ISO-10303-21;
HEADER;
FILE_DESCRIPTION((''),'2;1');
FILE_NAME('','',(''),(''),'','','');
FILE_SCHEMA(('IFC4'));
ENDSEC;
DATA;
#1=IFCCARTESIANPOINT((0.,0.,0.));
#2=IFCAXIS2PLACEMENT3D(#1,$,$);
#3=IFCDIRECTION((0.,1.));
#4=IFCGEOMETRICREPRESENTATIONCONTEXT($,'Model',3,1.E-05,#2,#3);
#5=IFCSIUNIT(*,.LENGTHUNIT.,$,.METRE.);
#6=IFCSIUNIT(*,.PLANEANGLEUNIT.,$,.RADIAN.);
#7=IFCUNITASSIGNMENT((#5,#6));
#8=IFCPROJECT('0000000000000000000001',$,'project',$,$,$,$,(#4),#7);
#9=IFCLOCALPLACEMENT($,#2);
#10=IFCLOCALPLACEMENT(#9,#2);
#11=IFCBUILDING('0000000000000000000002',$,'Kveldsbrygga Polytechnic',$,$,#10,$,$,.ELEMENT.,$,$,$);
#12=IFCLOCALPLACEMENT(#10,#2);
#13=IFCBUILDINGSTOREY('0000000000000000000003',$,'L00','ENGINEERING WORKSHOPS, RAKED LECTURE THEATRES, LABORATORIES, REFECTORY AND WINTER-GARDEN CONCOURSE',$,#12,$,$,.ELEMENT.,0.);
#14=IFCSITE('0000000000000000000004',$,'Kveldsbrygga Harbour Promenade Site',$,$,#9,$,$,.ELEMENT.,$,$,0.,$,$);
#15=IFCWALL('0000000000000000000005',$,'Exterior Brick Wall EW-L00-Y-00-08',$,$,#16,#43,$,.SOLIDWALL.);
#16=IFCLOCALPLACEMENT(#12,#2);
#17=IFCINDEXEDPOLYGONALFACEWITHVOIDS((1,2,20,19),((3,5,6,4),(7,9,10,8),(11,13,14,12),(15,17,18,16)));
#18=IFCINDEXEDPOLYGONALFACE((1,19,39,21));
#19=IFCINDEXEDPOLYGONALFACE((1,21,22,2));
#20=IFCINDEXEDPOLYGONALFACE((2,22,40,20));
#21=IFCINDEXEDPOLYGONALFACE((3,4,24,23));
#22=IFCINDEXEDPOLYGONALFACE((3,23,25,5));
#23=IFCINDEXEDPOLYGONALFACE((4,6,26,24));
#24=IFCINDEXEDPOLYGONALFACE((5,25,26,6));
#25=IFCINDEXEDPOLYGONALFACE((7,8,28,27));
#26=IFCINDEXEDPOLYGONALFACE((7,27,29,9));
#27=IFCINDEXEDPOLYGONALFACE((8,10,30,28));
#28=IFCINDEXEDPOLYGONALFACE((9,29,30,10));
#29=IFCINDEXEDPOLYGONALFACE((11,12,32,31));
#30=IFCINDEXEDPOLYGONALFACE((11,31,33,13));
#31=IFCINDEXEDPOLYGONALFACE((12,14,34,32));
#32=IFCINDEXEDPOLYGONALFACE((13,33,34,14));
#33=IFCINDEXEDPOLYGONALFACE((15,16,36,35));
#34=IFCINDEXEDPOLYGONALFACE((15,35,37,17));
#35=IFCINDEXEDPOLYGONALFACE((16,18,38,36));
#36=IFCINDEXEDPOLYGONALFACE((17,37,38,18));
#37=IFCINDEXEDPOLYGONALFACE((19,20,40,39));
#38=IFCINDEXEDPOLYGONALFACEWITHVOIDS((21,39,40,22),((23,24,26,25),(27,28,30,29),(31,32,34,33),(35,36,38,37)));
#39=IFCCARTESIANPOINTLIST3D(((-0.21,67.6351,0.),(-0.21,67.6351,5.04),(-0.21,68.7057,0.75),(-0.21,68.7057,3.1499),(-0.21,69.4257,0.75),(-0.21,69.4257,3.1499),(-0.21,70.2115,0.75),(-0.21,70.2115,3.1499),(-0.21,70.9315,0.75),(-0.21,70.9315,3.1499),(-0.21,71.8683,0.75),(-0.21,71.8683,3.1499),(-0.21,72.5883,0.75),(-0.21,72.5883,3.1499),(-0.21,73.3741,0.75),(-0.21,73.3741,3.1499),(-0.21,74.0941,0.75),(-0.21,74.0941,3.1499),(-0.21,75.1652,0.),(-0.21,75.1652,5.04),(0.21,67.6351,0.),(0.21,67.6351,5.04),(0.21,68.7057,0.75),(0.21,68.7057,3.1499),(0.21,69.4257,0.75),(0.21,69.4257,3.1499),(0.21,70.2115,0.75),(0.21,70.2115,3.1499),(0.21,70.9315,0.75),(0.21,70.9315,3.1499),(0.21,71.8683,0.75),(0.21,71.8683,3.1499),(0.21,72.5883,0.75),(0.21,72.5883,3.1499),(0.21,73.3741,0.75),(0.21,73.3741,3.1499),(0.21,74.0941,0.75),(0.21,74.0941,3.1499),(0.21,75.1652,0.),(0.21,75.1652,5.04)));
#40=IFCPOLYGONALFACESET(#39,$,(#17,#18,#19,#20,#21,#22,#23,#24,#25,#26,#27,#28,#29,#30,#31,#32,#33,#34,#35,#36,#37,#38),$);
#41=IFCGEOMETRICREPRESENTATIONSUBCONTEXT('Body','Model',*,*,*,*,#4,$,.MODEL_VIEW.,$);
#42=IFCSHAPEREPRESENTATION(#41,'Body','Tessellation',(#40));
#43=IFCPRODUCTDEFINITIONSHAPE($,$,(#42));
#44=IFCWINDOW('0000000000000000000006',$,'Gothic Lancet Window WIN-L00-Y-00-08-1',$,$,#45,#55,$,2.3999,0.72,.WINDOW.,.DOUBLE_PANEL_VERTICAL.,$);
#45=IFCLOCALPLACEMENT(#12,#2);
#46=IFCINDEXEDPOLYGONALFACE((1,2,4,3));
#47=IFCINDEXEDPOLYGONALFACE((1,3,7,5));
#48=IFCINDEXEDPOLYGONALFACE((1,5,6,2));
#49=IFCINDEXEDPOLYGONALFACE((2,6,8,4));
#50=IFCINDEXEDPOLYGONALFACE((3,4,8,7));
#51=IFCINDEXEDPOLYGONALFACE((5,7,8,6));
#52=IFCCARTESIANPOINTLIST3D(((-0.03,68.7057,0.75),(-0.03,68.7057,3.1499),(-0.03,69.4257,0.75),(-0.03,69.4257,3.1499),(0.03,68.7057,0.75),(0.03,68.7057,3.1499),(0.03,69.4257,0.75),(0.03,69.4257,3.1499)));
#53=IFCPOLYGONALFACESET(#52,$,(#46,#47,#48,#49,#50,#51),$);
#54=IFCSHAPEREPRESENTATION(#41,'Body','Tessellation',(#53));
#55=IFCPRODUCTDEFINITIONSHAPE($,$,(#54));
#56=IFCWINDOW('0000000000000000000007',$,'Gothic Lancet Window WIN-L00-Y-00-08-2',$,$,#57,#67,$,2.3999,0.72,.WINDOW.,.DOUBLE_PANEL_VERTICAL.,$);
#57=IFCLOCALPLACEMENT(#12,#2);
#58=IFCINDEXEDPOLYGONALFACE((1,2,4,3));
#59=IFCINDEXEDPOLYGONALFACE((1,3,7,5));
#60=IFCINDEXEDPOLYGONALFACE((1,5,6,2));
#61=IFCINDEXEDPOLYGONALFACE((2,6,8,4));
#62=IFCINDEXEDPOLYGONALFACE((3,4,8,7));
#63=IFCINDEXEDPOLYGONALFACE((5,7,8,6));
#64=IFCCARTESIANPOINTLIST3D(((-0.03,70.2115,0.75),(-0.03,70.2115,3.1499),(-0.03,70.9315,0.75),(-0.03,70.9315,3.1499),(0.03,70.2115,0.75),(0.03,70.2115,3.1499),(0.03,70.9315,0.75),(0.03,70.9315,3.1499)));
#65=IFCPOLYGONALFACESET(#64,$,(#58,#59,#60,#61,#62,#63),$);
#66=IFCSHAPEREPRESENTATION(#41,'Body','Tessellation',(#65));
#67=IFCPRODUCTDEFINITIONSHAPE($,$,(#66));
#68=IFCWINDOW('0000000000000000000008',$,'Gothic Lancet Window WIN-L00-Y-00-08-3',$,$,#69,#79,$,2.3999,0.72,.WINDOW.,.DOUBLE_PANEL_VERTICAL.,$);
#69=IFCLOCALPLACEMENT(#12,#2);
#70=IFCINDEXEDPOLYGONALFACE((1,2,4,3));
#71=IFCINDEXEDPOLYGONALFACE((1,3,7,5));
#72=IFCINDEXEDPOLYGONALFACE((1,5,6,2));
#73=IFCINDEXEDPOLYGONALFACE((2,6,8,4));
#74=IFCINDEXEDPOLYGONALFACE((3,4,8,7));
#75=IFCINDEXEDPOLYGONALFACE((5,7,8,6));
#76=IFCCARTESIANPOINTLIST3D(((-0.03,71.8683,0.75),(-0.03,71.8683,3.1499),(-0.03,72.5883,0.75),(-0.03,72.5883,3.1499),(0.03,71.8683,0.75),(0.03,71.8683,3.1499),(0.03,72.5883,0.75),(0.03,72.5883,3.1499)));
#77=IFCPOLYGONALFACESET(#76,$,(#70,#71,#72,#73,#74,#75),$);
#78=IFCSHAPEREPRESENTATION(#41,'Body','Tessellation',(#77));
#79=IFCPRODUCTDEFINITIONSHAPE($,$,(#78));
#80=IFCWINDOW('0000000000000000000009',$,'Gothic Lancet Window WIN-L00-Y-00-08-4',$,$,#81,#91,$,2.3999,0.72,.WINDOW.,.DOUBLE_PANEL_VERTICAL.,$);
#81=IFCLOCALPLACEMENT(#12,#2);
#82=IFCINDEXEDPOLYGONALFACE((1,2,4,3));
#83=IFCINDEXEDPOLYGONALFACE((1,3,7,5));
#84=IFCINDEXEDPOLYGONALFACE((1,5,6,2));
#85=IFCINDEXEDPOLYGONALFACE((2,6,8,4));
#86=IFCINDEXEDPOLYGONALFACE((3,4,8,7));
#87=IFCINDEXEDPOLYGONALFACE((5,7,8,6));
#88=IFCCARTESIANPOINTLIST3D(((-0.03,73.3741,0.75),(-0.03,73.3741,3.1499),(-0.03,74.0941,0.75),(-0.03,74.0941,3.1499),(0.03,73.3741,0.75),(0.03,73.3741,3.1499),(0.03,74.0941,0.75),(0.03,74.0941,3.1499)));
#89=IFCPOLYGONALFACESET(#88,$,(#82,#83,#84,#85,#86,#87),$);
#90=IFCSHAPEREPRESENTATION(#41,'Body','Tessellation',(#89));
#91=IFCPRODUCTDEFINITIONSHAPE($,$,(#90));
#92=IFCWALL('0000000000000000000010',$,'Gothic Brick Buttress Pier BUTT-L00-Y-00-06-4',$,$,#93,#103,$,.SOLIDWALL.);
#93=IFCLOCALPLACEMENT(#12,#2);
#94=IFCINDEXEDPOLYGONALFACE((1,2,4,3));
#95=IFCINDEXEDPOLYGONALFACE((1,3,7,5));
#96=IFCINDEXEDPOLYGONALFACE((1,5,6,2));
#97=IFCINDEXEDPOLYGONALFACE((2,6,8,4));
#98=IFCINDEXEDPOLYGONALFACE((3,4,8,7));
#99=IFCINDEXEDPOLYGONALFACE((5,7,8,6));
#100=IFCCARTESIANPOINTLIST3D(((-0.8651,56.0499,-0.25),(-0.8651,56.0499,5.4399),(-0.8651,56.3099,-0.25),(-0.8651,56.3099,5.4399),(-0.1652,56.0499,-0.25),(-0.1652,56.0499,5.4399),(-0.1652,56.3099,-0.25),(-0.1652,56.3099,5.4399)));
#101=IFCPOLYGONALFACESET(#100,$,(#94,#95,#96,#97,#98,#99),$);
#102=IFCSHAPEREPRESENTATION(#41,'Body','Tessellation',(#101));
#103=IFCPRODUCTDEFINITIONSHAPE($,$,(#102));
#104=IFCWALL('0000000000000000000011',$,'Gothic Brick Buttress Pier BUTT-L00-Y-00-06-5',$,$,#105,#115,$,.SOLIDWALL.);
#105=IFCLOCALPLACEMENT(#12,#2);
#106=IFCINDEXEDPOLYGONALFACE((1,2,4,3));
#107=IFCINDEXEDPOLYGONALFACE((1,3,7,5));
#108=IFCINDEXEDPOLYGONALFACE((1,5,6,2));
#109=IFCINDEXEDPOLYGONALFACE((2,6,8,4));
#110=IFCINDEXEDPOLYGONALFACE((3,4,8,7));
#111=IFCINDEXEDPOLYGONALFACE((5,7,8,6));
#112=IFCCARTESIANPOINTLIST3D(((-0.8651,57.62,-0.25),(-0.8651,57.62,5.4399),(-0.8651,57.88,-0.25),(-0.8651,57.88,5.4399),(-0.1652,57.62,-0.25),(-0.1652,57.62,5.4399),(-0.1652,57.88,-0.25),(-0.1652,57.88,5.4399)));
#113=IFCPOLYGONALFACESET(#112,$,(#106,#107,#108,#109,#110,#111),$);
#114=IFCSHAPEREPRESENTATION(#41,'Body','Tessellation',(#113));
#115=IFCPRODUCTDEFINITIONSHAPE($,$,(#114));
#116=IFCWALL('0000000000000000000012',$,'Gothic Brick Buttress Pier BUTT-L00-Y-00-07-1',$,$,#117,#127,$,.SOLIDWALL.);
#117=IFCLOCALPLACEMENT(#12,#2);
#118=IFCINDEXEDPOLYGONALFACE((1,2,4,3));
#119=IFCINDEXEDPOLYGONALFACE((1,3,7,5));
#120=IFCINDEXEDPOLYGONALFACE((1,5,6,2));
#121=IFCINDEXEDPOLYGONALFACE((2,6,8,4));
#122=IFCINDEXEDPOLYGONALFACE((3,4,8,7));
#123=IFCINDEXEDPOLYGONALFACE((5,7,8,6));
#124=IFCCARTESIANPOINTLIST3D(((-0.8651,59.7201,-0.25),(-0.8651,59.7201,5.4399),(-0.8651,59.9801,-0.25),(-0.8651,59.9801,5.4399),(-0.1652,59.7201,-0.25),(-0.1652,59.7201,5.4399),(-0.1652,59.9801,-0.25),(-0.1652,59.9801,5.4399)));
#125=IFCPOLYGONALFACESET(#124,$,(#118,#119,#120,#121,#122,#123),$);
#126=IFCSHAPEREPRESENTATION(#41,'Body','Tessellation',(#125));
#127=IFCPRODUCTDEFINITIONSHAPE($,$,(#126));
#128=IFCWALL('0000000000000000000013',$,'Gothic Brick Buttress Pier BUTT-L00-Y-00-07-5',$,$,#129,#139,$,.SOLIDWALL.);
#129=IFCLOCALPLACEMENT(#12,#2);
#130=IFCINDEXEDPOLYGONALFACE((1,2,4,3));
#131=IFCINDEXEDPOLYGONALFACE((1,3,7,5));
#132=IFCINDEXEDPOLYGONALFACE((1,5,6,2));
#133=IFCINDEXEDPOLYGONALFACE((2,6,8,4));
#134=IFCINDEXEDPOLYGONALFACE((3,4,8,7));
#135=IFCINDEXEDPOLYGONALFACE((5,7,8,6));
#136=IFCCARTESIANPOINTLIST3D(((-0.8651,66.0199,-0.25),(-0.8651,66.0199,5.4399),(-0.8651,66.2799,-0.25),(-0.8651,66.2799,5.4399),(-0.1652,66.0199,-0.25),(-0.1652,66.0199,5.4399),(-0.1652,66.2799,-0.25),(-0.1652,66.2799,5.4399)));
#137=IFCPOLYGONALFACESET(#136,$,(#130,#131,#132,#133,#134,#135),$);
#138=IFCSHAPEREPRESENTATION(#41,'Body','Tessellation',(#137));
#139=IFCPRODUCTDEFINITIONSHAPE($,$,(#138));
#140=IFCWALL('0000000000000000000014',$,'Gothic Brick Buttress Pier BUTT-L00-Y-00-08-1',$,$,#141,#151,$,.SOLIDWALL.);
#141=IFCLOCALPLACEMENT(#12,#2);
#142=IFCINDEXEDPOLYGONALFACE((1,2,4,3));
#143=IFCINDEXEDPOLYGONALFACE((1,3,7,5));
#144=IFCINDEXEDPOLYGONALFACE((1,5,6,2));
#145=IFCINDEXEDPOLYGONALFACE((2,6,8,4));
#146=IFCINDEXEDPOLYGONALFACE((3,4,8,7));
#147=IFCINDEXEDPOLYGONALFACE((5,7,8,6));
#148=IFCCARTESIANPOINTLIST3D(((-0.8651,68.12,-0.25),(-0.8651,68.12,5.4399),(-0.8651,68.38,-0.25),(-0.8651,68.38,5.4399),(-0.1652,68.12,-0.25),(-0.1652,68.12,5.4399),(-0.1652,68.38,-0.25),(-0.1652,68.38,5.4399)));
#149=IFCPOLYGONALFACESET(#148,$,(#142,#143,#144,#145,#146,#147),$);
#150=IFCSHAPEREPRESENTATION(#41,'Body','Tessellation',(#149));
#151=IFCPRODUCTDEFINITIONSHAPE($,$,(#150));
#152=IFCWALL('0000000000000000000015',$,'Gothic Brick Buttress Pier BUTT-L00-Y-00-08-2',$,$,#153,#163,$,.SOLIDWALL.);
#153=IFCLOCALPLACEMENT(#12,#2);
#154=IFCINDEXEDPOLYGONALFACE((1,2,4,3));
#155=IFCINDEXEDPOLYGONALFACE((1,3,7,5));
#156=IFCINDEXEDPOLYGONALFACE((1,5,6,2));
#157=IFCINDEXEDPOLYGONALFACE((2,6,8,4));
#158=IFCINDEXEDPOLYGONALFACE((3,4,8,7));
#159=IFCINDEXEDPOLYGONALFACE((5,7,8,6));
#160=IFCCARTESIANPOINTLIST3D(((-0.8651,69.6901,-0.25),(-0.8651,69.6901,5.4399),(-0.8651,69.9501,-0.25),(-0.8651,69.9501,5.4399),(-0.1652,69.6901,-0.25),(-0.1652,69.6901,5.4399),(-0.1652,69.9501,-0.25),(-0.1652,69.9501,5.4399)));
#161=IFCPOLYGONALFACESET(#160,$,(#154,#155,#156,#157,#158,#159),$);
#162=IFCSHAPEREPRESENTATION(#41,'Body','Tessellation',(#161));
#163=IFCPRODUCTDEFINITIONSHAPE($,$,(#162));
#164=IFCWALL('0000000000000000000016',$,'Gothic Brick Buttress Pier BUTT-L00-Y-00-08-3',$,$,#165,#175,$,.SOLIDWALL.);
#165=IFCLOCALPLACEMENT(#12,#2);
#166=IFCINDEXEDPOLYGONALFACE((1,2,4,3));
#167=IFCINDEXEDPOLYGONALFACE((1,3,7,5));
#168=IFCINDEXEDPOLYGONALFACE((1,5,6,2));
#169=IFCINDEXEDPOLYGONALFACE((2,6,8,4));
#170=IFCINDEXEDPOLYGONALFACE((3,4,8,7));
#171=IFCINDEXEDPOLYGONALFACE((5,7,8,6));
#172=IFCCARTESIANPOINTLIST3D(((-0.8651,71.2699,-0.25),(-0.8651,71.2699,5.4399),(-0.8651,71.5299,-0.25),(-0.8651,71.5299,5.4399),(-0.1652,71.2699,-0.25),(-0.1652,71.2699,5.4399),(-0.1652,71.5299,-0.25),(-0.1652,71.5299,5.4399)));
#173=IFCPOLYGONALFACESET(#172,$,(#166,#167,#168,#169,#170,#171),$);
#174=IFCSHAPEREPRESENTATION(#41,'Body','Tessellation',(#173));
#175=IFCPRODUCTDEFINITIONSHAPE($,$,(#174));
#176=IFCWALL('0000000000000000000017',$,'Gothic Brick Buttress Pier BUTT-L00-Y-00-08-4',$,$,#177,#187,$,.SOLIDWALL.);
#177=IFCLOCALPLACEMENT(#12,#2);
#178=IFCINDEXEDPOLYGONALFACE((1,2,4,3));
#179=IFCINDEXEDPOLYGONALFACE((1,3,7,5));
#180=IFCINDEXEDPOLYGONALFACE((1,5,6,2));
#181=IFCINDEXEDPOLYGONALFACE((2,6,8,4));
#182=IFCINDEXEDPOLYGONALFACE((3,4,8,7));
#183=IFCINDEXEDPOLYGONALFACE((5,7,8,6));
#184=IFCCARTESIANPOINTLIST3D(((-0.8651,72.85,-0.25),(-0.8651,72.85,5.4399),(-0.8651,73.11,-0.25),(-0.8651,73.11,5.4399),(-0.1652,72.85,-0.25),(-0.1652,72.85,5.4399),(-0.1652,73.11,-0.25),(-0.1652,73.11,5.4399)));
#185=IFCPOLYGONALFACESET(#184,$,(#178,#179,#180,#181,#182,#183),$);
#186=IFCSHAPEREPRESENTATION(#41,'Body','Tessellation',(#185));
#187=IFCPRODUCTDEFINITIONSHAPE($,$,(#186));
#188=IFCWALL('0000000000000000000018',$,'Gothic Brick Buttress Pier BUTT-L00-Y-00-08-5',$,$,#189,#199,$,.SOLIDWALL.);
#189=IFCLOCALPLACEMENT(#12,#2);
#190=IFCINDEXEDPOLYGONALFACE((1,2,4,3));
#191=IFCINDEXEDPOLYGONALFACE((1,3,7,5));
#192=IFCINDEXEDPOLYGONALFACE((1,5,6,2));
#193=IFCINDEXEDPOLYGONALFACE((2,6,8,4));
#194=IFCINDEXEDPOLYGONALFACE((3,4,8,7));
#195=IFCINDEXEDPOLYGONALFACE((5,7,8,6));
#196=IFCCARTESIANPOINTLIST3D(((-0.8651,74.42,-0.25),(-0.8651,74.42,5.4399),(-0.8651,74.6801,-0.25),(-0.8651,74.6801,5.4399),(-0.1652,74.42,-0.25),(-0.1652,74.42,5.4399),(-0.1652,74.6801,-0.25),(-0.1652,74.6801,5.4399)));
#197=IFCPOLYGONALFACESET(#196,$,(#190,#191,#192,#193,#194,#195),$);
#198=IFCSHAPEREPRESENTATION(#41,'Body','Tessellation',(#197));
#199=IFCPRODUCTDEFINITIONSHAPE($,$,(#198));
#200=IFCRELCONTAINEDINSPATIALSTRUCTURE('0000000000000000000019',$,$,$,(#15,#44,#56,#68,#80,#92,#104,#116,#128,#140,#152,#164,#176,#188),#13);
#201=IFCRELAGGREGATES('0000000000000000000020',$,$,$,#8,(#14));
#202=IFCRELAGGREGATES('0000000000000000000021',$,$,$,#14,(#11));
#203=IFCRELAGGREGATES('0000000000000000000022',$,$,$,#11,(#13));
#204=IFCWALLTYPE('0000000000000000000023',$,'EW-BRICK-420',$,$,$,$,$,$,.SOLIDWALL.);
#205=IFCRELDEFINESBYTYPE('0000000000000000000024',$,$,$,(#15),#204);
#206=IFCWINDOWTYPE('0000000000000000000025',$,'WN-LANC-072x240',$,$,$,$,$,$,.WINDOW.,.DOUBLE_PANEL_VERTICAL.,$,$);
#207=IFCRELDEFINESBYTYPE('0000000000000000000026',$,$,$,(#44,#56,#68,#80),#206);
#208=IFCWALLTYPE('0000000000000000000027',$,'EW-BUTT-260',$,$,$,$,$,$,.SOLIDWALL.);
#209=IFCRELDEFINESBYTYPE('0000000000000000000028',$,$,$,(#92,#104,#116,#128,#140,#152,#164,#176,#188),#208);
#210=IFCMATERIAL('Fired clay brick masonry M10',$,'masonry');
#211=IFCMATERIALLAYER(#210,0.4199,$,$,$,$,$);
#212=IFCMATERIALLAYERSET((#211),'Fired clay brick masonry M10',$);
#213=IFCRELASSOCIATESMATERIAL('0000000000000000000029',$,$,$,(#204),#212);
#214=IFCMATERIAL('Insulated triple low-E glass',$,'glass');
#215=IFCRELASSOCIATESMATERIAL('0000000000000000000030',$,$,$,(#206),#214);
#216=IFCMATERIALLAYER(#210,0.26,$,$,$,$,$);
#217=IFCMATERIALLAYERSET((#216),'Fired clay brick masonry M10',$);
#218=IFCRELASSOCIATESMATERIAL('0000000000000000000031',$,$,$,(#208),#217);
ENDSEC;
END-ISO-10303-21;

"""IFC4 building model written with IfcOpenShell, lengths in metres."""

from ifc_helpers import new_model, si_unit, direction, frame, frame_2d, origin, place, context, subcontext, project, spatial, rectangle, extrude, material, layer, layer_set, type_object, element, fill, save


model = new_model("IFC4")

# Units and contexts
model_context = context("Model", 3, precision=1e-05, world=origin(), true_north=direction((0.0, 1.0)))
body_context = subcontext(model_context, "Body", "Model", "MODEL_VIEW")
ifc_project = project(units=[si_unit("LENGTHUNIT", "METRE"), si_unit("PLANEANGLEUNIT", "RADIAN")], contexts=[model_context])

# Site, building, storey
site_placement = place(None, origin())
site = spatial("IfcSite", under=ifc_project, at=site_placement, Name="Kveldsbrygga Harbour Promenade Site", CompositionType="ELEMENT", RefElevation=0.0)
building_placement = place(site_placement, origin())
building = spatial("IfcBuilding", under=site, at=building_placement, Name="Kveldsbrygga Polytechnic", CompositionType="ELEMENT")
storey_placement = place(building_placement, origin())
storey = spatial("IfcBuildingStorey", under=building, at=storey_placement, Name="L00", Description="ENGINEERING WORKSHOPS, RAKED LECTURE THEATRES, LABORATORIES, REFECTORY AND WINTER-GARDEN CONCOURSE", CompositionType="ELEMENT", Elevation=0.0)

# Shared definitions
ifc_material_1 = material(Name="Fired clay brick masonry M10", Category="masonry")
ifc_layer_1 = layer(ifc_material_1, 0.4199)
ifc_layer_set_1 = layer_set([ifc_layer_1], Name="Fired clay brick masonry M10")
wall_type_1 = type_object("IfcWallType", Name="EW-BRICK-420", PredefinedType="SOLIDWALL", material=ifc_layer_set_1)

# Wall, openings, windows
wall_1_placement = place(storey_placement, frame((0.0, 67.635, 0.0), z_axis=(0.0, 0.0, 1.0), x_axis=(0.0, 1.0, 0.0)))
wall_1 = element("IfcWall", 1, at=wall_1_placement, inside=storey, type_object=wall_type_1, Name="Exterior Brick Wall EW-L00-Y-00-08", PredefinedType="SOLIDWALL", context=body_context, shape_type="SweptSolid", body=[
    extrude(rectangle(XDim=7.53, YDim=0.4199, at=frame_2d((3.7651, 0.0))), origin(), (0.0, 0.0, 1.0), 5.04),
])
opening_1_placement = place(wall_1_placement, frame((1.0708, 0.0, 0.75)))
opening_1 = element("IfcOpeningElement", 2, at=opening_1_placement, cuts=wall_1, PredefinedType="OPENING", context=body_context, shape_type="SweptSolid", body=[
    extrude(rectangle(XDim=0.72, YDim=2.3999, at=frame_2d((0.3599, 1.2))), frame((0.0, 0.22, 0.0), z_axis=(0.0, -1.0, 0.0), x_axis=(1.0, 0.0, 0.0)), (0.0, 0.0, 1.0), 0.4399),
])
opening_2_placement = place(wall_1_placement, frame((2.5767, 0.0, 0.75)))
opening_2 = element("IfcOpeningElement", 3, at=opening_2_placement, cuts=wall_1, PredefinedType="OPENING", context=body_context, shape_type="SweptSolid", body=[
    extrude(rectangle(XDim=0.72, YDim=2.3999, at=frame_2d((0.3599, 1.2))), frame((0.0, 0.22, 0.0), z_axis=(0.0, -1.0, 0.0), x_axis=(1.0, 0.0, 0.0)), (0.0, 0.0, 1.0), 0.4399),
])
opening_3_placement = place(wall_1_placement, frame((4.2334, 0.0, 0.75)))
opening_3 = element("IfcOpeningElement", 4, at=opening_3_placement, cuts=wall_1, PredefinedType="OPENING", context=body_context, shape_type="SweptSolid", body=[
    extrude(rectangle(XDim=0.72, YDim=2.3999, at=frame_2d((0.3599, 1.2))), frame((0.0, 0.22, 0.0), z_axis=(0.0, -1.0, 0.0), x_axis=(1.0, 0.0, 0.0)), (0.0, 0.0, 1.0), 0.4399),
])
opening_4_placement = place(wall_1_placement, frame((5.7393, 0.0, 0.75)))
opening_4 = element("IfcOpeningElement", 5, at=opening_4_placement, cuts=wall_1, PredefinedType="OPENING", context=body_context, shape_type="SweptSolid", body=[
    extrude(rectangle(XDim=0.72, YDim=2.3999, at=frame_2d((0.3599, 1.2))), frame((0.0, 0.22, 0.0), z_axis=(0.0, -1.0, 0.0), x_axis=(1.0, 0.0, 0.0)), (0.0, 0.0, 1.0), 0.4399),
])
ifc_material_2 = material(Name="Insulated triple low-E glass", Category="glass")
window_type = type_object("IfcWindowType", Name="WN-LANC-072x240", PartitioningType="DOUBLE_PANEL_VERTICAL", PredefinedType="WINDOW", material=ifc_material_2)
window_1_placement = place(opening_1_placement, origin())
window_1 = element("IfcWindow", 6, at=window_1_placement, inside=storey, type_object=window_type, Name="Gothic Lancet Window WIN-L00-Y-00-08-1", OverallHeight=2.3999, OverallWidth=0.72, PartitioningType="DOUBLE_PANEL_VERTICAL", PredefinedType="WINDOW", context=body_context, shape_type="SweptSolid", body=[
    extrude(rectangle(XDim=0.72, YDim=2.3999, at=frame_2d((0.3599, 1.2))), frame((0.0, 0.03, 0.0), z_axis=(0.0, -1.0, 0.0), x_axis=(1.0, 0.0, 0.0)), (0.0, 0.0, 1.0), 0.0601),
])
fill(opening_1, window_1)
window_2_placement = place(opening_2_placement, origin())
window_2 = element("IfcWindow", 7, at=window_2_placement, inside=storey, type_object=window_type, Name="Gothic Lancet Window WIN-L00-Y-00-08-2", OverallHeight=2.3999, OverallWidth=0.72, PartitioningType="DOUBLE_PANEL_VERTICAL", PredefinedType="WINDOW", context=body_context, shape_type="SweptSolid", body=[
    extrude(rectangle(XDim=0.72, YDim=2.3999, at=frame_2d((0.3599, 1.2))), frame((0.0, 0.03, 0.0), z_axis=(0.0, -1.0, 0.0), x_axis=(1.0, 0.0, 0.0)), (0.0, 0.0, 1.0), 0.0601),
])
fill(opening_2, window_2)
window_3_placement = place(opening_3_placement, origin())
window_3 = element("IfcWindow", 8, at=window_3_placement, inside=storey, type_object=window_type, Name="Gothic Lancet Window WIN-L00-Y-00-08-3", OverallHeight=2.3999, OverallWidth=0.72, PartitioningType="DOUBLE_PANEL_VERTICAL", PredefinedType="WINDOW", context=body_context, shape_type="SweptSolid", body=[
    extrude(rectangle(XDim=0.72, YDim=2.3999, at=frame_2d((0.3599, 1.2))), frame((0.0, 0.03, 0.0), z_axis=(0.0, -1.0, 0.0), x_axis=(1.0, 0.0, 0.0)), (0.0, 0.0, 1.0), 0.0601),
])
fill(opening_3, window_3)
window_4_placement = place(opening_4_placement, origin())
window_4 = element("IfcWindow", 9, at=window_4_placement, inside=storey, type_object=window_type, Name="Gothic Lancet Window WIN-L00-Y-00-08-4", OverallHeight=2.3999, OverallWidth=0.72, PartitioningType="DOUBLE_PANEL_VERTICAL", PredefinedType="WINDOW", context=body_context, shape_type="SweptSolid", body=[
    extrude(rectangle(XDim=0.72, YDim=2.3999, at=frame_2d((0.3599, 1.2))), frame((0.0, 0.03, 0.0), z_axis=(0.0, -1.0, 0.0), x_axis=(1.0, 0.0, 0.0)), (0.0, 0.0, 1.0), 0.0601),
])
fill(opening_4, window_4)

# Walls
ifc_layer_2 = layer(ifc_material_1, 0.26)
ifc_layer_set_2 = layer_set([ifc_layer_2], Name="Fired clay brick masonry M10")
wall_type_2 = type_object("IfcWallType", Name="EW-BUTT-260", PredefinedType="SOLIDWALL", material=ifc_layer_set_2)
for number, where, z_axis, x_axis, name in (
    (10, (-0.165, 56.1799, -0.25), (0.0, 0.0, 1.0), (-1.0, 0.0, 0.0), "Gothic Brick Buttress Pier BUTT-L00-Y-00-06-4"),
    (11, (-0.165, 57.75, -0.25), (0.0, 0.0, 1.0), (-1.0, 0.0, 0.0), "Gothic Brick Buttress Pier BUTT-L00-Y-00-06-5"),
    (12, (-0.165, 59.8501, -0.25), (0.0, 0.0, 1.0), (-1.0, 0.0, 0.0), "Gothic Brick Buttress Pier BUTT-L00-Y-00-07-1"),
    (13, (-0.165, 66.1499, -0.25), (0.0, 0.0, 1.0), (-1.0, 0.0, 0.0), "Gothic Brick Buttress Pier BUTT-L00-Y-00-07-5"),
    (14, (-0.165, 68.25, -0.25), (0.0, 0.0, 1.0), (-1.0, 0.0, 0.0), "Gothic Brick Buttress Pier BUTT-L00-Y-00-08-1"),
    (15, (-0.165, 69.8201, -0.25), (0.0, 0.0, 1.0), (-1.0, 0.0, 0.0), "Gothic Brick Buttress Pier BUTT-L00-Y-00-08-2"),
    (16, (-0.165, 71.3999, -0.25), (0.0, 0.0, 1.0), (-1.0, 0.0, 0.0), "Gothic Brick Buttress Pier BUTT-L00-Y-00-08-3"),
    (17, (-0.165, 72.98, -0.25), (0.0, 0.0, 1.0), (-1.0, 0.0, 0.0), "Gothic Brick Buttress Pier BUTT-L00-Y-00-08-4"),
    (18, (-0.165, 74.55, -0.25), (0.0, 0.0, 1.0), (-1.0, 0.0, 0.0), "Gothic Brick Buttress Pier BUTT-L00-Y-00-08-5"),
):
    element("IfcWall", number, at=place(storey_placement, frame(where, z_axis=z_axis, x_axis=x_axis)), inside=storey, type_object=wall_type_2, Name=name, PredefinedType="SOLIDWALL", context=body_context, shape_type="SweptSolid", body=[
        extrude(rectangle(XDim=0.7, YDim=0.26, at=frame_2d((0.3501, 0.0))), origin(), (0.0, 0.0, 1.0), 5.6899),
    ])

save(model, "model.ifc")
